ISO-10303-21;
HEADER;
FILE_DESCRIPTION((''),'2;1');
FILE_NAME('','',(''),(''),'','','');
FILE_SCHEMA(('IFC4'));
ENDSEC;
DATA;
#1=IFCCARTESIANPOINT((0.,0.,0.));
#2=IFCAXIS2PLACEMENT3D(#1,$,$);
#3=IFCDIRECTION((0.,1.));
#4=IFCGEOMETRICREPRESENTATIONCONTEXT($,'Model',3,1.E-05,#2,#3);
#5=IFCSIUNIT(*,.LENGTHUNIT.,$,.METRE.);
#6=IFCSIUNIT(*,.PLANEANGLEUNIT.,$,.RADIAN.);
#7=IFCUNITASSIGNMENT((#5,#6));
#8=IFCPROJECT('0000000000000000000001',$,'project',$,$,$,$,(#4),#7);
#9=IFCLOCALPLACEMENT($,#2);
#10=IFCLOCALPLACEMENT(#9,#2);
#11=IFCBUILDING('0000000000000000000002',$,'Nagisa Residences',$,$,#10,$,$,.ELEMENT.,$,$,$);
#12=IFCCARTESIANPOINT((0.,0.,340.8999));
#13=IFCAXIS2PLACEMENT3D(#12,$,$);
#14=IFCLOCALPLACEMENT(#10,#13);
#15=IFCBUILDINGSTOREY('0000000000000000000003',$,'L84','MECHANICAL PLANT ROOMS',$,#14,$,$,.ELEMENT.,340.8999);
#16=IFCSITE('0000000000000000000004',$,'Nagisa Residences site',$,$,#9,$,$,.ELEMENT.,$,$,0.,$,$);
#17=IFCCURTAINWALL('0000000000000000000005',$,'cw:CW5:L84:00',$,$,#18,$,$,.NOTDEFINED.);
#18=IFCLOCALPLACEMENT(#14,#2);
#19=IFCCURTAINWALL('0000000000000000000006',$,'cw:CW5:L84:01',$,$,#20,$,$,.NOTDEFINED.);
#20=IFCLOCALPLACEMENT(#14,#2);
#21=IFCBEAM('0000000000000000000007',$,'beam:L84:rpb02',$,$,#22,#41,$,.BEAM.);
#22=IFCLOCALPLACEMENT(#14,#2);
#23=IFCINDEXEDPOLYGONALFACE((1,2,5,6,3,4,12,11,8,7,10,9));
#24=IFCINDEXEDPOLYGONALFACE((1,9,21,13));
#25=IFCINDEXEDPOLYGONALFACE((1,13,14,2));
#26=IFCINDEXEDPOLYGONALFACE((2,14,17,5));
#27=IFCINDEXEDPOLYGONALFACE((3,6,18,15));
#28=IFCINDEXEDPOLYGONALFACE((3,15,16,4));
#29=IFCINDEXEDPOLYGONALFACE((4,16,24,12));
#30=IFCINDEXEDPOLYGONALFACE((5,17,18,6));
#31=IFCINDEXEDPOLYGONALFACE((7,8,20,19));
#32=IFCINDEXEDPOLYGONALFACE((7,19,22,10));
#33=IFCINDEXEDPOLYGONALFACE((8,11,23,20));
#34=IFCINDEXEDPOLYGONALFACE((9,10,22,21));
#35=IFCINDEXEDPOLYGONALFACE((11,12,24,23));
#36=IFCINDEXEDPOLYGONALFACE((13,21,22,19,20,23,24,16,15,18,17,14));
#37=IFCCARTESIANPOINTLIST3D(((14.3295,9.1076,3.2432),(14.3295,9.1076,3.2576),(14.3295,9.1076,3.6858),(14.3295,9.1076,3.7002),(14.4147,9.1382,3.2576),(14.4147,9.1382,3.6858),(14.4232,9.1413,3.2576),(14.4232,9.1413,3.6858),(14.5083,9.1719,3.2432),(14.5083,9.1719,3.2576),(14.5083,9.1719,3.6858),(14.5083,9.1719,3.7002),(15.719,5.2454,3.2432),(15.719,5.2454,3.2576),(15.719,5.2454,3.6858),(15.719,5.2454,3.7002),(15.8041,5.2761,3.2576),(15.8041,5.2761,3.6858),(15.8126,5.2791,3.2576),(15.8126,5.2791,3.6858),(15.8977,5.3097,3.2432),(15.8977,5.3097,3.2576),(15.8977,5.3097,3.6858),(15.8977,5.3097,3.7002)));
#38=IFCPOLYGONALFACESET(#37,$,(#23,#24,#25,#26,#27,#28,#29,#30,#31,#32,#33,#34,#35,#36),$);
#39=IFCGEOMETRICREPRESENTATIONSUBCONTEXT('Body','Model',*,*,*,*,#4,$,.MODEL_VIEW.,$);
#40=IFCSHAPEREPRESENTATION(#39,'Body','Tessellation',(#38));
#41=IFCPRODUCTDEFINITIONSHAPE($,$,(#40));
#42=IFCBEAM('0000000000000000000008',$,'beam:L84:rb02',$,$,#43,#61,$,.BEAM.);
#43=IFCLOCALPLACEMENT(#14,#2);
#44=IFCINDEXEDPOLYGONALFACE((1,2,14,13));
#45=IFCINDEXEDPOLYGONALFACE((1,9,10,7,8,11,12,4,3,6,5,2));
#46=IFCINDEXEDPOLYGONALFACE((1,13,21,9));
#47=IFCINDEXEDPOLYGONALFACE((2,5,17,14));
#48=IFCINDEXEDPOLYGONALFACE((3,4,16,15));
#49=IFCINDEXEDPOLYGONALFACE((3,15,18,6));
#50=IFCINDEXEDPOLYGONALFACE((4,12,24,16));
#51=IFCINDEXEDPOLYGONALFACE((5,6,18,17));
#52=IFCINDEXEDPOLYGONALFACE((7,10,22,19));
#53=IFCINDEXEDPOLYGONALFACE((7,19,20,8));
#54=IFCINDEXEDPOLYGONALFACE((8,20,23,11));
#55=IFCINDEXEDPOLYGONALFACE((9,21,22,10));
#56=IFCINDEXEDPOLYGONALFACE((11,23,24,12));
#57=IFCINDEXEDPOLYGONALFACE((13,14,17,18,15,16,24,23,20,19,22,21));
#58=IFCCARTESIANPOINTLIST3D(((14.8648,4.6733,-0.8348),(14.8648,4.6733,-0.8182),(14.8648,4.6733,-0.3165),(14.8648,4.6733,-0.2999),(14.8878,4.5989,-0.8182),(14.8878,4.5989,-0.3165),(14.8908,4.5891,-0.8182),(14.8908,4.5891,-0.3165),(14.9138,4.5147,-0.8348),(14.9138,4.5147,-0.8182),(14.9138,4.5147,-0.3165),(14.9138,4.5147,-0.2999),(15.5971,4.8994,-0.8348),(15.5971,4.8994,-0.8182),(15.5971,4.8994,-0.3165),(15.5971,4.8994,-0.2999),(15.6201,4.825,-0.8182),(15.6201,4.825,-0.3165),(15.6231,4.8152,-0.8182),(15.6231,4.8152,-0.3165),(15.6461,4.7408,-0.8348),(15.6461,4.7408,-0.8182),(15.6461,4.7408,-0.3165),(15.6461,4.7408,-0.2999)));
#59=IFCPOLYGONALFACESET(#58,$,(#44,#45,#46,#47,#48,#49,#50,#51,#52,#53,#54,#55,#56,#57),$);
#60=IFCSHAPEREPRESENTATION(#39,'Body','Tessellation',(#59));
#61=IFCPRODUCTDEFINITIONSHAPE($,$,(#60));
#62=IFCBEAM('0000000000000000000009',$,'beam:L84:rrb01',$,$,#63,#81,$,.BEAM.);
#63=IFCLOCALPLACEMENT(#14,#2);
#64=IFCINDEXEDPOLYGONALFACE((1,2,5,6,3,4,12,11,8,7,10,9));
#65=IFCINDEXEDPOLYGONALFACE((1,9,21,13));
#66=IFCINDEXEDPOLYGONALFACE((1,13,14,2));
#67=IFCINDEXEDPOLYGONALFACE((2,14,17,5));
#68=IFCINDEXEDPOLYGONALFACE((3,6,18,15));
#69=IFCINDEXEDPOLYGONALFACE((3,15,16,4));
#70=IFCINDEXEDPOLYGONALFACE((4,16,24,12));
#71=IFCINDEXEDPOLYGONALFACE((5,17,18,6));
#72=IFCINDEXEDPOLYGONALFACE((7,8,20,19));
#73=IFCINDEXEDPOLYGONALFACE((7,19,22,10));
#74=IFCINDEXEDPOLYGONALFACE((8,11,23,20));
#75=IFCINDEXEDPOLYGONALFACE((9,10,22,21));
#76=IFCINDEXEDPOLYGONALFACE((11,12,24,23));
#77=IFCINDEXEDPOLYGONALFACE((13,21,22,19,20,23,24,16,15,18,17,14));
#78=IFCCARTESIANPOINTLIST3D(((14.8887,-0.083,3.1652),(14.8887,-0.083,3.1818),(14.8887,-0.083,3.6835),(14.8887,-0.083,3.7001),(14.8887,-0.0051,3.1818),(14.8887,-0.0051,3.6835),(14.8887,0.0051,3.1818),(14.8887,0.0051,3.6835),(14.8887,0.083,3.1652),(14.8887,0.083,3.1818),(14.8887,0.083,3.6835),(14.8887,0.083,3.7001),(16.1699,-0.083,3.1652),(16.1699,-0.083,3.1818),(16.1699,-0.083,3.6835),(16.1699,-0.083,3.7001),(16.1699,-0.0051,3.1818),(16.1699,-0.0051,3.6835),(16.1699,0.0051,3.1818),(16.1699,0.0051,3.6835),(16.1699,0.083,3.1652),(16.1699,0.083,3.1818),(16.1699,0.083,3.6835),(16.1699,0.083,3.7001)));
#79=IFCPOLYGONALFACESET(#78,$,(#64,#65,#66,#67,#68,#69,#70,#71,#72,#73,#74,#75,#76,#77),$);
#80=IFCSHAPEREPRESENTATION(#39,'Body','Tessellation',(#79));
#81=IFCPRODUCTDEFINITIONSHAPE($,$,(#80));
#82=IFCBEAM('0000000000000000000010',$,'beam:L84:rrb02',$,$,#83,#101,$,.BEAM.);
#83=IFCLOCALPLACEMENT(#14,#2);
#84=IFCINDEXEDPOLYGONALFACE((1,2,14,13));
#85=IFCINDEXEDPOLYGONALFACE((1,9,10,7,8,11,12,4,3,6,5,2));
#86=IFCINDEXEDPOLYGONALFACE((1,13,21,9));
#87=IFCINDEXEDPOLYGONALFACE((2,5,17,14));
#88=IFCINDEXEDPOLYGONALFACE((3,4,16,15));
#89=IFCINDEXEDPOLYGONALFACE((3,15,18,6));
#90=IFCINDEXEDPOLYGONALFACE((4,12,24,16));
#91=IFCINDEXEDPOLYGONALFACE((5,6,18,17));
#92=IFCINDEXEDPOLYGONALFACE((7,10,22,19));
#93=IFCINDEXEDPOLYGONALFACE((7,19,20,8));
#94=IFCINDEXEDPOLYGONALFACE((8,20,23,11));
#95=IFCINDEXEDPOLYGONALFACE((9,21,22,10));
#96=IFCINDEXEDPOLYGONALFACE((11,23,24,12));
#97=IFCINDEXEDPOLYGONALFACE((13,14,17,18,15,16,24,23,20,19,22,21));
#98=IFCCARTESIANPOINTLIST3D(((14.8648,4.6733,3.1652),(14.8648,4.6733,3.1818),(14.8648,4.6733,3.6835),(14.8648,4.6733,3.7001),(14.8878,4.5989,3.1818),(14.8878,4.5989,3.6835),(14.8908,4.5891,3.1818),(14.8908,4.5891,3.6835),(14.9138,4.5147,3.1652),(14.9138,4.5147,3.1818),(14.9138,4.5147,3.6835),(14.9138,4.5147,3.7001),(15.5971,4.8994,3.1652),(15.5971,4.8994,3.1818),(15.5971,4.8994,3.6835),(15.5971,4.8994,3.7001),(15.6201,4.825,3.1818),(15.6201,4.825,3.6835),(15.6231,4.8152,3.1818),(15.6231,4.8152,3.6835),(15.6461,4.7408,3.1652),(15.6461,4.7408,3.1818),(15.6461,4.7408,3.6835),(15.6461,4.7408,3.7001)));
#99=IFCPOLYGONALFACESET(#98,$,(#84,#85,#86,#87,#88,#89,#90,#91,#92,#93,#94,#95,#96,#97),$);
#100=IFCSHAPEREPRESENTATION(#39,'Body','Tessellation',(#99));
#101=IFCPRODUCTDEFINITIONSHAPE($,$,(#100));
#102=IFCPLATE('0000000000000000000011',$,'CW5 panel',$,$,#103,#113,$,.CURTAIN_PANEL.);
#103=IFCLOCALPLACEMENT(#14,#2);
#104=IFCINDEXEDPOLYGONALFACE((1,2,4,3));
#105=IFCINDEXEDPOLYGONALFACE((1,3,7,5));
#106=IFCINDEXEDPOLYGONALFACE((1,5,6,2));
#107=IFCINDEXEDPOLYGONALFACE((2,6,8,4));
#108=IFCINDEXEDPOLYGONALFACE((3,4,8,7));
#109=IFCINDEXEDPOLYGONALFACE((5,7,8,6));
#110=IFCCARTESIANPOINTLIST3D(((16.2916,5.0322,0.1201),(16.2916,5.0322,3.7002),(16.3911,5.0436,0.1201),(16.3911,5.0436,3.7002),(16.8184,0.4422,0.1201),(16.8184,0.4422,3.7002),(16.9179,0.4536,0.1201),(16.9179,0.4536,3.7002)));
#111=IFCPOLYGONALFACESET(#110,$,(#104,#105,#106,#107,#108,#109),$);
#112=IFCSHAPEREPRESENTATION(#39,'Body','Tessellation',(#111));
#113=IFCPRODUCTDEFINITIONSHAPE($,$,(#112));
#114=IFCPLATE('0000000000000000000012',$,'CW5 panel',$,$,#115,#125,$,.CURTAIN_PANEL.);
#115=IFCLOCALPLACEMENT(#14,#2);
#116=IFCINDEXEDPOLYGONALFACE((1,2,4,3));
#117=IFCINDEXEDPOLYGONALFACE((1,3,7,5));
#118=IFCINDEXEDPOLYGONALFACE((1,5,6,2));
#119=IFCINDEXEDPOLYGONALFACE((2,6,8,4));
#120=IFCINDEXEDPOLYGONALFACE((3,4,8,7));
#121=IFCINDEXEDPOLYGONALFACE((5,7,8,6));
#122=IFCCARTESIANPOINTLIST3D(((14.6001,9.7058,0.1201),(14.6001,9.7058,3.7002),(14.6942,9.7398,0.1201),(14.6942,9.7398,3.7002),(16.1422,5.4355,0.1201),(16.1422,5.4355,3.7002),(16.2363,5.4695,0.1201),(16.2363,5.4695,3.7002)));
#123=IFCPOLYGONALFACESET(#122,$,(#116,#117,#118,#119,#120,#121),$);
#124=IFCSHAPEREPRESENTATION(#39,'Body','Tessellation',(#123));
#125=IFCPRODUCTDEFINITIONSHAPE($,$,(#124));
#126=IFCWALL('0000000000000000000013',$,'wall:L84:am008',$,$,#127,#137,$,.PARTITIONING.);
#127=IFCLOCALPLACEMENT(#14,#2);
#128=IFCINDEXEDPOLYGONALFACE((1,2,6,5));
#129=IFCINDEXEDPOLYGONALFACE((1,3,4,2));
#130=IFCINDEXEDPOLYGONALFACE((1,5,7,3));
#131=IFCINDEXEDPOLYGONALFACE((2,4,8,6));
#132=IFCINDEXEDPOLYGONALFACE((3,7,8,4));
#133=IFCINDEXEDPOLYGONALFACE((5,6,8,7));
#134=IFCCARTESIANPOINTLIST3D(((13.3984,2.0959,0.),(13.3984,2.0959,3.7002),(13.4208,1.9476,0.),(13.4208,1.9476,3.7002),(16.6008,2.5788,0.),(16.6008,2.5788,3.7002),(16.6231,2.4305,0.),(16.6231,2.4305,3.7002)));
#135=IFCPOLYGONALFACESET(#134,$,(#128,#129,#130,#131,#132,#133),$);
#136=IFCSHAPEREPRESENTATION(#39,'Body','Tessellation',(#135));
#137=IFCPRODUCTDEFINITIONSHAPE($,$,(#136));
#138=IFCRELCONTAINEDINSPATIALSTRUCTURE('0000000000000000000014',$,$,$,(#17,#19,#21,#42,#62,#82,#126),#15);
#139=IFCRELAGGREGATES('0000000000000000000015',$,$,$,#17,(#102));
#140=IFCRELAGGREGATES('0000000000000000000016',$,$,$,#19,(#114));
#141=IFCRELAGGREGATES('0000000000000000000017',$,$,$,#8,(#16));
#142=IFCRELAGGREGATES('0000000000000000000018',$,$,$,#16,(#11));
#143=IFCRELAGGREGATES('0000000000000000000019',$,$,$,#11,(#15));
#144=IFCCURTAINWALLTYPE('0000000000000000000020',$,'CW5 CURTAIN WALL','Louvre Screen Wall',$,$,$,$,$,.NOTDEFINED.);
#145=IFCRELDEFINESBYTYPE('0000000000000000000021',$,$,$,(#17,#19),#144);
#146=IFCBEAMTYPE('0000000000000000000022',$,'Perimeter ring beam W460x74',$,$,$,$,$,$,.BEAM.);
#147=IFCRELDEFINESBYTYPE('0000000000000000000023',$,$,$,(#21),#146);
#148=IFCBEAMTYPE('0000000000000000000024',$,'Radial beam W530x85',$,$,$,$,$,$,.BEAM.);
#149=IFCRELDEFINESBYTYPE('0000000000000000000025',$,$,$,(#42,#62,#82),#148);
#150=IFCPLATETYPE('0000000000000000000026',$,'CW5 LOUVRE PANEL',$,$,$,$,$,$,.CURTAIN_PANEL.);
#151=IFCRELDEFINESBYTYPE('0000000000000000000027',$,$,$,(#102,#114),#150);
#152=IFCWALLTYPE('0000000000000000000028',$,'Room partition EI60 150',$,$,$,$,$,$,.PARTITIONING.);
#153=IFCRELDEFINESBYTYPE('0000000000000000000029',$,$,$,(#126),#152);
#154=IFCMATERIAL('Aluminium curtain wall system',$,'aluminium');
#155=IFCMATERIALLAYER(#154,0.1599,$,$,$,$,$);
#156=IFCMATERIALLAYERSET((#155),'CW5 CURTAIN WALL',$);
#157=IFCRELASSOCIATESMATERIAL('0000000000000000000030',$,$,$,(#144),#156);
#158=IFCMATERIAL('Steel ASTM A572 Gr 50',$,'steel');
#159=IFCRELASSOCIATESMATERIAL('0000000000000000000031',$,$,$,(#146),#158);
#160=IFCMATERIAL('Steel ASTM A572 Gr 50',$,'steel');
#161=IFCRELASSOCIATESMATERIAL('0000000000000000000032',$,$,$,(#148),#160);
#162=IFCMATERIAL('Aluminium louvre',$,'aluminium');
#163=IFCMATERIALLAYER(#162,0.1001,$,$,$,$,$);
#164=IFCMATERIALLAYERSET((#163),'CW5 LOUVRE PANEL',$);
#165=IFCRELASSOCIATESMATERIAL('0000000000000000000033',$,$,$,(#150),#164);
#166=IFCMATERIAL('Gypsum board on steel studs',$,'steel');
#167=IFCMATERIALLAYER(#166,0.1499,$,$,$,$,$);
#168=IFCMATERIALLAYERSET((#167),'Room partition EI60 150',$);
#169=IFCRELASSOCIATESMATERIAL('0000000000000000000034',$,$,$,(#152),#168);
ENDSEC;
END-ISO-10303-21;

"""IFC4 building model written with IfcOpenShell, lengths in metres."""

from ifc_helpers import new_model, si_unit, direction, frame, frame_2d, origin, origin_2d, place, context, subcontext, project, spatial, rectangle, i_section, extrude, material, layer, layer_set, material_profile, profile_set, type_object, element, aggregate, save


model = new_model("IFC4")

# Units and contexts
model_context = context("Model", 3, precision=1e-05, world=origin(), true_north=direction((0.0, 1.0)))
body_context = subcontext(model_context, "Body", "Model", "MODEL_VIEW")
ifc_project = project(units=[si_unit("LENGTHUNIT", "METRE"), si_unit("PLANEANGLEUNIT", "RADIAN")], contexts=[model_context])

# Site, building, storey
site_placement = place(None, origin())
site = spatial("IfcSite", under=ifc_project, at=site_placement, Name="Nagisa Residences site", CompositionType="ELEMENT", RefElevation=0.0)
building_placement = place(site_placement, origin())
building = spatial("IfcBuilding", under=site, at=building_placement, Name="Nagisa Residences", CompositionType="ELEMENT")
storey_placement = place(building_placement, frame((0.0, 0.0, 340.8999)))
storey = spatial("IfcBuildingStorey", under=building, at=storey_placement, Name="L84", Description="MECHANICAL PLANT ROOMS", CompositionType="ELEMENT", Elevation=340.8999)

# Curtain walls
ifc_material_1 = material(Name="Aluminium curtain wall system", Category="aluminium")
ifc_layer_1 = layer(ifc_material_1, 0.1599)
ifc_layer_set_1 = layer_set([ifc_layer_1], Name="CW5 CURTAIN WALL")
curtain_wall_type = type_object("IfcCurtainWallType", Name="CW5 CURTAIN WALL", Description="Louvre Screen Wall", PredefinedType="NOTDEFINED", material=ifc_layer_set_1)
curtain_wall_1_placement = place(storey_placement, origin())
curtain_wall_1 = element("IfcCurtainWall", 1, at=curtain_wall_1_placement, inside=storey, type_object=curtain_wall_type, Name="cw:CW5:L84:00", PredefinedType="NOTDEFINED")
curtain_wall_2_placement = place(storey_placement, origin())
curtain_wall_2 = element("IfcCurtainWall", 2, at=curtain_wall_2_placement, inside=storey, type_object=curtain_wall_type, Name="cw:CW5:L84:01", PredefinedType="NOTDEFINED")

# Beams
ifc_material_2 = material(Name="Steel ASTM A572 Gr 50", Category="steel")
ifc_material_profile_1 = material_profile(ifc_material_2, i_section(OverallWidth=0.1899, OverallDepth=0.457, WebThickness=0.009, FlangeThickness=0.0144, at=origin_2d()), Name="W460x74")
ifc_profile_set_1 = profile_set([ifc_material_profile_1], Name="Steel ASTM A572 Gr 50")
beam_type_1 = type_object("IfcBeamType", Name="Perimeter ring beam W460x74", PredefinedType="BEAM", material=ifc_profile_set_1)
beam_1_placement = place(storey_placement, frame((15.8083, 5.2776, 3.4717), z_axis=(-0.338517, 0.94096, 0.0), x_axis=(-0.94096, -0.338517, 0.0)))
element("IfcBeam", 3, at=beam_1_placement, inside=storey, type_object=beam_type_1, Name="beam:L84:rpb02", PredefinedType="BEAM", context=body_context, shape_type="SweptSolid", body=[
    extrude(i_section(OverallWidth=0.1899, OverallDepth=0.457, WebThickness=0.009, FlangeThickness=0.0144, at=origin_2d()), origin(), (0.0, 0.0, 1.0), 4.1045),
])
ifc_material_3 = material(Name="Steel ASTM A572 Gr 50", Category="steel")
ifc_material_profile_2 = material_profile(ifc_material_3, i_section(OverallWidth=0.166, OverallDepth=0.5349, WebThickness=0.0103, FlangeThickness=0.0166, at=origin_2d()), Name="W530x85")
ifc_profile_set_2 = profile_set([ifc_material_profile_2], Name="Steel ASTM A572 Gr 50")
beam_type_2 = type_object("IfcBeamType", Name="Radial beam W530x85", PredefinedType="BEAM", material=ifc_profile_set_2)
beam_2_placement = place(storey_placement, frame((15.6216, 4.8201, -0.5674), z_axis=(-0.955489, -0.295026, 0.0), x_axis=(0.295026, -0.955489, 0.0)))
element("IfcBeam", 4, at=beam_2_placement, inside=storey, type_object=beam_type_2, Name="beam:L84:rb02", PredefinedType="BEAM", context=body_context, shape_type="SweptSolid", body=[
    extrude(i_section(OverallWidth=0.166, OverallDepth=0.5349, WebThickness=0.0103, FlangeThickness=0.0166, at=origin_2d()), origin(), (0.0, 0.0, 1.0), 0.7664),
])
beam_3_placement = place(storey_placement, frame((16.1699, 0.0, 3.4326), z_axis=(-1.0, 0.0, 0.0), x_axis=(0.0, -1.0, 0.0)))
element("IfcBeam", 5, at=beam_3_placement, inside=storey, type_object=beam_type_2, Name="beam:L84:rrb01", PredefinedType="BEAM", context=body_context, shape_type="SweptSolid", body=[
    extrude(i_section(OverallWidth=0.166, OverallDepth=0.5349, WebThickness=0.0103, FlangeThickness=0.0166, at=origin_2d()), origin(), (0.0, 0.0, 1.0), 1.2812),
])
beam_4_placement = place(storey_placement, frame((15.6216, 4.8201, 3.4326), z_axis=(-0.955489, -0.295026, 0.0), x_axis=(0.295026, -0.955489, 0.0)))
element("IfcBeam", 6, at=beam_4_placement, inside=storey, type_object=beam_type_2, Name="beam:L84:rrb02", PredefinedType="BEAM", context=body_context, shape_type="SweptSolid", body=[
    extrude(i_section(OverallWidth=0.166, OverallDepth=0.5349, WebThickness=0.0103, FlangeThickness=0.0166, at=origin_2d()), origin(), (0.0, 0.0, 1.0), 0.7664),
])

# Plates
ifc_material_4 = material(Name="Aluminium louvre", Category="aluminium")
ifc_layer_2 = layer(ifc_material_4, 0.1001)
ifc_layer_set_2 = layer_set([ifc_layer_2], Name="CW5 LOUVRE PANEL")
plate_type = type_object("IfcPlateType", Name="CW5 LOUVRE PANEL", PredefinedType="CURTAIN_PANEL", material=ifc_layer_set_2)
plate_1_placement = place(storey_placement, frame((16.6047, 2.7429, 0.1201), z_axis=(0.0, 0.0, 1.0), x_axis=(-0.114025, 0.993478, 0.0)))
plate_1 = element("IfcPlate", 7, at=plate_1_placement, type_object=plate_type, Name="CW5 panel", PredefinedType="CURTAIN_PANEL", context=body_context, shape_type="SweptSolid", body=[
    extrude(rectangle(XDim=4.6201, YDim=0.1001, at=origin_2d()), origin(), (0.0, 0.0, 1.0), 3.5801),
])
aggregate(curtain_wall_1, [plate_1])
plate_2_placement = place(storey_placement, frame((15.4182, 7.5876, 0.1201), z_axis=(0.0, 0.0, 1.0), x_axis=(-0.339643, 0.940554, 0.0)))
plate_2 = element("IfcPlate", 8, at=plate_2_placement, type_object=plate_type, Name="CW5 panel", PredefinedType="CURTAIN_PANEL", context=body_context, shape_type="SweptSolid", body=[
    extrude(rectangle(XDim=4.5403, YDim=0.1001, at=origin_2d()), origin(), (0.0, 0.0, 1.0), 3.5801),
])
aggregate(curtain_wall_2, [plate_2])

# Wall
ifc_material_5 = material(Name="Gypsum board on steel studs", Category="steel")
ifc_layer_3 = layer(ifc_material_5, 0.1499)
ifc_layer_set_3 = layer_set([ifc_layer_3], Name="Room partition EI60 150")
wall_type = type_object("IfcWallType", Name="Room partition EI60 150", PredefinedType="PARTITIONING", material=ifc_layer_set_3)
wall_placement = place(storey_placement, frame((16.6118, 2.5046, 0.0), z_axis=(0.0, 0.0, 1.0), x_axis=(-0.98882, -0.149111, 0.0)))
element("IfcWall", 9, at=wall_placement, inside=storey, type_object=wall_type, Name="wall:L84:am008", PredefinedType="PARTITIONING", context=body_context, shape_type="SweptSolid", body=[
    extrude(rectangle(XDim=3.2385, YDim=0.1499, at=frame_2d((1.6191, 0.0))), origin(), (0.0, 0.0, 1.0), 3.7002),
])

save(model, "model.ifc")
